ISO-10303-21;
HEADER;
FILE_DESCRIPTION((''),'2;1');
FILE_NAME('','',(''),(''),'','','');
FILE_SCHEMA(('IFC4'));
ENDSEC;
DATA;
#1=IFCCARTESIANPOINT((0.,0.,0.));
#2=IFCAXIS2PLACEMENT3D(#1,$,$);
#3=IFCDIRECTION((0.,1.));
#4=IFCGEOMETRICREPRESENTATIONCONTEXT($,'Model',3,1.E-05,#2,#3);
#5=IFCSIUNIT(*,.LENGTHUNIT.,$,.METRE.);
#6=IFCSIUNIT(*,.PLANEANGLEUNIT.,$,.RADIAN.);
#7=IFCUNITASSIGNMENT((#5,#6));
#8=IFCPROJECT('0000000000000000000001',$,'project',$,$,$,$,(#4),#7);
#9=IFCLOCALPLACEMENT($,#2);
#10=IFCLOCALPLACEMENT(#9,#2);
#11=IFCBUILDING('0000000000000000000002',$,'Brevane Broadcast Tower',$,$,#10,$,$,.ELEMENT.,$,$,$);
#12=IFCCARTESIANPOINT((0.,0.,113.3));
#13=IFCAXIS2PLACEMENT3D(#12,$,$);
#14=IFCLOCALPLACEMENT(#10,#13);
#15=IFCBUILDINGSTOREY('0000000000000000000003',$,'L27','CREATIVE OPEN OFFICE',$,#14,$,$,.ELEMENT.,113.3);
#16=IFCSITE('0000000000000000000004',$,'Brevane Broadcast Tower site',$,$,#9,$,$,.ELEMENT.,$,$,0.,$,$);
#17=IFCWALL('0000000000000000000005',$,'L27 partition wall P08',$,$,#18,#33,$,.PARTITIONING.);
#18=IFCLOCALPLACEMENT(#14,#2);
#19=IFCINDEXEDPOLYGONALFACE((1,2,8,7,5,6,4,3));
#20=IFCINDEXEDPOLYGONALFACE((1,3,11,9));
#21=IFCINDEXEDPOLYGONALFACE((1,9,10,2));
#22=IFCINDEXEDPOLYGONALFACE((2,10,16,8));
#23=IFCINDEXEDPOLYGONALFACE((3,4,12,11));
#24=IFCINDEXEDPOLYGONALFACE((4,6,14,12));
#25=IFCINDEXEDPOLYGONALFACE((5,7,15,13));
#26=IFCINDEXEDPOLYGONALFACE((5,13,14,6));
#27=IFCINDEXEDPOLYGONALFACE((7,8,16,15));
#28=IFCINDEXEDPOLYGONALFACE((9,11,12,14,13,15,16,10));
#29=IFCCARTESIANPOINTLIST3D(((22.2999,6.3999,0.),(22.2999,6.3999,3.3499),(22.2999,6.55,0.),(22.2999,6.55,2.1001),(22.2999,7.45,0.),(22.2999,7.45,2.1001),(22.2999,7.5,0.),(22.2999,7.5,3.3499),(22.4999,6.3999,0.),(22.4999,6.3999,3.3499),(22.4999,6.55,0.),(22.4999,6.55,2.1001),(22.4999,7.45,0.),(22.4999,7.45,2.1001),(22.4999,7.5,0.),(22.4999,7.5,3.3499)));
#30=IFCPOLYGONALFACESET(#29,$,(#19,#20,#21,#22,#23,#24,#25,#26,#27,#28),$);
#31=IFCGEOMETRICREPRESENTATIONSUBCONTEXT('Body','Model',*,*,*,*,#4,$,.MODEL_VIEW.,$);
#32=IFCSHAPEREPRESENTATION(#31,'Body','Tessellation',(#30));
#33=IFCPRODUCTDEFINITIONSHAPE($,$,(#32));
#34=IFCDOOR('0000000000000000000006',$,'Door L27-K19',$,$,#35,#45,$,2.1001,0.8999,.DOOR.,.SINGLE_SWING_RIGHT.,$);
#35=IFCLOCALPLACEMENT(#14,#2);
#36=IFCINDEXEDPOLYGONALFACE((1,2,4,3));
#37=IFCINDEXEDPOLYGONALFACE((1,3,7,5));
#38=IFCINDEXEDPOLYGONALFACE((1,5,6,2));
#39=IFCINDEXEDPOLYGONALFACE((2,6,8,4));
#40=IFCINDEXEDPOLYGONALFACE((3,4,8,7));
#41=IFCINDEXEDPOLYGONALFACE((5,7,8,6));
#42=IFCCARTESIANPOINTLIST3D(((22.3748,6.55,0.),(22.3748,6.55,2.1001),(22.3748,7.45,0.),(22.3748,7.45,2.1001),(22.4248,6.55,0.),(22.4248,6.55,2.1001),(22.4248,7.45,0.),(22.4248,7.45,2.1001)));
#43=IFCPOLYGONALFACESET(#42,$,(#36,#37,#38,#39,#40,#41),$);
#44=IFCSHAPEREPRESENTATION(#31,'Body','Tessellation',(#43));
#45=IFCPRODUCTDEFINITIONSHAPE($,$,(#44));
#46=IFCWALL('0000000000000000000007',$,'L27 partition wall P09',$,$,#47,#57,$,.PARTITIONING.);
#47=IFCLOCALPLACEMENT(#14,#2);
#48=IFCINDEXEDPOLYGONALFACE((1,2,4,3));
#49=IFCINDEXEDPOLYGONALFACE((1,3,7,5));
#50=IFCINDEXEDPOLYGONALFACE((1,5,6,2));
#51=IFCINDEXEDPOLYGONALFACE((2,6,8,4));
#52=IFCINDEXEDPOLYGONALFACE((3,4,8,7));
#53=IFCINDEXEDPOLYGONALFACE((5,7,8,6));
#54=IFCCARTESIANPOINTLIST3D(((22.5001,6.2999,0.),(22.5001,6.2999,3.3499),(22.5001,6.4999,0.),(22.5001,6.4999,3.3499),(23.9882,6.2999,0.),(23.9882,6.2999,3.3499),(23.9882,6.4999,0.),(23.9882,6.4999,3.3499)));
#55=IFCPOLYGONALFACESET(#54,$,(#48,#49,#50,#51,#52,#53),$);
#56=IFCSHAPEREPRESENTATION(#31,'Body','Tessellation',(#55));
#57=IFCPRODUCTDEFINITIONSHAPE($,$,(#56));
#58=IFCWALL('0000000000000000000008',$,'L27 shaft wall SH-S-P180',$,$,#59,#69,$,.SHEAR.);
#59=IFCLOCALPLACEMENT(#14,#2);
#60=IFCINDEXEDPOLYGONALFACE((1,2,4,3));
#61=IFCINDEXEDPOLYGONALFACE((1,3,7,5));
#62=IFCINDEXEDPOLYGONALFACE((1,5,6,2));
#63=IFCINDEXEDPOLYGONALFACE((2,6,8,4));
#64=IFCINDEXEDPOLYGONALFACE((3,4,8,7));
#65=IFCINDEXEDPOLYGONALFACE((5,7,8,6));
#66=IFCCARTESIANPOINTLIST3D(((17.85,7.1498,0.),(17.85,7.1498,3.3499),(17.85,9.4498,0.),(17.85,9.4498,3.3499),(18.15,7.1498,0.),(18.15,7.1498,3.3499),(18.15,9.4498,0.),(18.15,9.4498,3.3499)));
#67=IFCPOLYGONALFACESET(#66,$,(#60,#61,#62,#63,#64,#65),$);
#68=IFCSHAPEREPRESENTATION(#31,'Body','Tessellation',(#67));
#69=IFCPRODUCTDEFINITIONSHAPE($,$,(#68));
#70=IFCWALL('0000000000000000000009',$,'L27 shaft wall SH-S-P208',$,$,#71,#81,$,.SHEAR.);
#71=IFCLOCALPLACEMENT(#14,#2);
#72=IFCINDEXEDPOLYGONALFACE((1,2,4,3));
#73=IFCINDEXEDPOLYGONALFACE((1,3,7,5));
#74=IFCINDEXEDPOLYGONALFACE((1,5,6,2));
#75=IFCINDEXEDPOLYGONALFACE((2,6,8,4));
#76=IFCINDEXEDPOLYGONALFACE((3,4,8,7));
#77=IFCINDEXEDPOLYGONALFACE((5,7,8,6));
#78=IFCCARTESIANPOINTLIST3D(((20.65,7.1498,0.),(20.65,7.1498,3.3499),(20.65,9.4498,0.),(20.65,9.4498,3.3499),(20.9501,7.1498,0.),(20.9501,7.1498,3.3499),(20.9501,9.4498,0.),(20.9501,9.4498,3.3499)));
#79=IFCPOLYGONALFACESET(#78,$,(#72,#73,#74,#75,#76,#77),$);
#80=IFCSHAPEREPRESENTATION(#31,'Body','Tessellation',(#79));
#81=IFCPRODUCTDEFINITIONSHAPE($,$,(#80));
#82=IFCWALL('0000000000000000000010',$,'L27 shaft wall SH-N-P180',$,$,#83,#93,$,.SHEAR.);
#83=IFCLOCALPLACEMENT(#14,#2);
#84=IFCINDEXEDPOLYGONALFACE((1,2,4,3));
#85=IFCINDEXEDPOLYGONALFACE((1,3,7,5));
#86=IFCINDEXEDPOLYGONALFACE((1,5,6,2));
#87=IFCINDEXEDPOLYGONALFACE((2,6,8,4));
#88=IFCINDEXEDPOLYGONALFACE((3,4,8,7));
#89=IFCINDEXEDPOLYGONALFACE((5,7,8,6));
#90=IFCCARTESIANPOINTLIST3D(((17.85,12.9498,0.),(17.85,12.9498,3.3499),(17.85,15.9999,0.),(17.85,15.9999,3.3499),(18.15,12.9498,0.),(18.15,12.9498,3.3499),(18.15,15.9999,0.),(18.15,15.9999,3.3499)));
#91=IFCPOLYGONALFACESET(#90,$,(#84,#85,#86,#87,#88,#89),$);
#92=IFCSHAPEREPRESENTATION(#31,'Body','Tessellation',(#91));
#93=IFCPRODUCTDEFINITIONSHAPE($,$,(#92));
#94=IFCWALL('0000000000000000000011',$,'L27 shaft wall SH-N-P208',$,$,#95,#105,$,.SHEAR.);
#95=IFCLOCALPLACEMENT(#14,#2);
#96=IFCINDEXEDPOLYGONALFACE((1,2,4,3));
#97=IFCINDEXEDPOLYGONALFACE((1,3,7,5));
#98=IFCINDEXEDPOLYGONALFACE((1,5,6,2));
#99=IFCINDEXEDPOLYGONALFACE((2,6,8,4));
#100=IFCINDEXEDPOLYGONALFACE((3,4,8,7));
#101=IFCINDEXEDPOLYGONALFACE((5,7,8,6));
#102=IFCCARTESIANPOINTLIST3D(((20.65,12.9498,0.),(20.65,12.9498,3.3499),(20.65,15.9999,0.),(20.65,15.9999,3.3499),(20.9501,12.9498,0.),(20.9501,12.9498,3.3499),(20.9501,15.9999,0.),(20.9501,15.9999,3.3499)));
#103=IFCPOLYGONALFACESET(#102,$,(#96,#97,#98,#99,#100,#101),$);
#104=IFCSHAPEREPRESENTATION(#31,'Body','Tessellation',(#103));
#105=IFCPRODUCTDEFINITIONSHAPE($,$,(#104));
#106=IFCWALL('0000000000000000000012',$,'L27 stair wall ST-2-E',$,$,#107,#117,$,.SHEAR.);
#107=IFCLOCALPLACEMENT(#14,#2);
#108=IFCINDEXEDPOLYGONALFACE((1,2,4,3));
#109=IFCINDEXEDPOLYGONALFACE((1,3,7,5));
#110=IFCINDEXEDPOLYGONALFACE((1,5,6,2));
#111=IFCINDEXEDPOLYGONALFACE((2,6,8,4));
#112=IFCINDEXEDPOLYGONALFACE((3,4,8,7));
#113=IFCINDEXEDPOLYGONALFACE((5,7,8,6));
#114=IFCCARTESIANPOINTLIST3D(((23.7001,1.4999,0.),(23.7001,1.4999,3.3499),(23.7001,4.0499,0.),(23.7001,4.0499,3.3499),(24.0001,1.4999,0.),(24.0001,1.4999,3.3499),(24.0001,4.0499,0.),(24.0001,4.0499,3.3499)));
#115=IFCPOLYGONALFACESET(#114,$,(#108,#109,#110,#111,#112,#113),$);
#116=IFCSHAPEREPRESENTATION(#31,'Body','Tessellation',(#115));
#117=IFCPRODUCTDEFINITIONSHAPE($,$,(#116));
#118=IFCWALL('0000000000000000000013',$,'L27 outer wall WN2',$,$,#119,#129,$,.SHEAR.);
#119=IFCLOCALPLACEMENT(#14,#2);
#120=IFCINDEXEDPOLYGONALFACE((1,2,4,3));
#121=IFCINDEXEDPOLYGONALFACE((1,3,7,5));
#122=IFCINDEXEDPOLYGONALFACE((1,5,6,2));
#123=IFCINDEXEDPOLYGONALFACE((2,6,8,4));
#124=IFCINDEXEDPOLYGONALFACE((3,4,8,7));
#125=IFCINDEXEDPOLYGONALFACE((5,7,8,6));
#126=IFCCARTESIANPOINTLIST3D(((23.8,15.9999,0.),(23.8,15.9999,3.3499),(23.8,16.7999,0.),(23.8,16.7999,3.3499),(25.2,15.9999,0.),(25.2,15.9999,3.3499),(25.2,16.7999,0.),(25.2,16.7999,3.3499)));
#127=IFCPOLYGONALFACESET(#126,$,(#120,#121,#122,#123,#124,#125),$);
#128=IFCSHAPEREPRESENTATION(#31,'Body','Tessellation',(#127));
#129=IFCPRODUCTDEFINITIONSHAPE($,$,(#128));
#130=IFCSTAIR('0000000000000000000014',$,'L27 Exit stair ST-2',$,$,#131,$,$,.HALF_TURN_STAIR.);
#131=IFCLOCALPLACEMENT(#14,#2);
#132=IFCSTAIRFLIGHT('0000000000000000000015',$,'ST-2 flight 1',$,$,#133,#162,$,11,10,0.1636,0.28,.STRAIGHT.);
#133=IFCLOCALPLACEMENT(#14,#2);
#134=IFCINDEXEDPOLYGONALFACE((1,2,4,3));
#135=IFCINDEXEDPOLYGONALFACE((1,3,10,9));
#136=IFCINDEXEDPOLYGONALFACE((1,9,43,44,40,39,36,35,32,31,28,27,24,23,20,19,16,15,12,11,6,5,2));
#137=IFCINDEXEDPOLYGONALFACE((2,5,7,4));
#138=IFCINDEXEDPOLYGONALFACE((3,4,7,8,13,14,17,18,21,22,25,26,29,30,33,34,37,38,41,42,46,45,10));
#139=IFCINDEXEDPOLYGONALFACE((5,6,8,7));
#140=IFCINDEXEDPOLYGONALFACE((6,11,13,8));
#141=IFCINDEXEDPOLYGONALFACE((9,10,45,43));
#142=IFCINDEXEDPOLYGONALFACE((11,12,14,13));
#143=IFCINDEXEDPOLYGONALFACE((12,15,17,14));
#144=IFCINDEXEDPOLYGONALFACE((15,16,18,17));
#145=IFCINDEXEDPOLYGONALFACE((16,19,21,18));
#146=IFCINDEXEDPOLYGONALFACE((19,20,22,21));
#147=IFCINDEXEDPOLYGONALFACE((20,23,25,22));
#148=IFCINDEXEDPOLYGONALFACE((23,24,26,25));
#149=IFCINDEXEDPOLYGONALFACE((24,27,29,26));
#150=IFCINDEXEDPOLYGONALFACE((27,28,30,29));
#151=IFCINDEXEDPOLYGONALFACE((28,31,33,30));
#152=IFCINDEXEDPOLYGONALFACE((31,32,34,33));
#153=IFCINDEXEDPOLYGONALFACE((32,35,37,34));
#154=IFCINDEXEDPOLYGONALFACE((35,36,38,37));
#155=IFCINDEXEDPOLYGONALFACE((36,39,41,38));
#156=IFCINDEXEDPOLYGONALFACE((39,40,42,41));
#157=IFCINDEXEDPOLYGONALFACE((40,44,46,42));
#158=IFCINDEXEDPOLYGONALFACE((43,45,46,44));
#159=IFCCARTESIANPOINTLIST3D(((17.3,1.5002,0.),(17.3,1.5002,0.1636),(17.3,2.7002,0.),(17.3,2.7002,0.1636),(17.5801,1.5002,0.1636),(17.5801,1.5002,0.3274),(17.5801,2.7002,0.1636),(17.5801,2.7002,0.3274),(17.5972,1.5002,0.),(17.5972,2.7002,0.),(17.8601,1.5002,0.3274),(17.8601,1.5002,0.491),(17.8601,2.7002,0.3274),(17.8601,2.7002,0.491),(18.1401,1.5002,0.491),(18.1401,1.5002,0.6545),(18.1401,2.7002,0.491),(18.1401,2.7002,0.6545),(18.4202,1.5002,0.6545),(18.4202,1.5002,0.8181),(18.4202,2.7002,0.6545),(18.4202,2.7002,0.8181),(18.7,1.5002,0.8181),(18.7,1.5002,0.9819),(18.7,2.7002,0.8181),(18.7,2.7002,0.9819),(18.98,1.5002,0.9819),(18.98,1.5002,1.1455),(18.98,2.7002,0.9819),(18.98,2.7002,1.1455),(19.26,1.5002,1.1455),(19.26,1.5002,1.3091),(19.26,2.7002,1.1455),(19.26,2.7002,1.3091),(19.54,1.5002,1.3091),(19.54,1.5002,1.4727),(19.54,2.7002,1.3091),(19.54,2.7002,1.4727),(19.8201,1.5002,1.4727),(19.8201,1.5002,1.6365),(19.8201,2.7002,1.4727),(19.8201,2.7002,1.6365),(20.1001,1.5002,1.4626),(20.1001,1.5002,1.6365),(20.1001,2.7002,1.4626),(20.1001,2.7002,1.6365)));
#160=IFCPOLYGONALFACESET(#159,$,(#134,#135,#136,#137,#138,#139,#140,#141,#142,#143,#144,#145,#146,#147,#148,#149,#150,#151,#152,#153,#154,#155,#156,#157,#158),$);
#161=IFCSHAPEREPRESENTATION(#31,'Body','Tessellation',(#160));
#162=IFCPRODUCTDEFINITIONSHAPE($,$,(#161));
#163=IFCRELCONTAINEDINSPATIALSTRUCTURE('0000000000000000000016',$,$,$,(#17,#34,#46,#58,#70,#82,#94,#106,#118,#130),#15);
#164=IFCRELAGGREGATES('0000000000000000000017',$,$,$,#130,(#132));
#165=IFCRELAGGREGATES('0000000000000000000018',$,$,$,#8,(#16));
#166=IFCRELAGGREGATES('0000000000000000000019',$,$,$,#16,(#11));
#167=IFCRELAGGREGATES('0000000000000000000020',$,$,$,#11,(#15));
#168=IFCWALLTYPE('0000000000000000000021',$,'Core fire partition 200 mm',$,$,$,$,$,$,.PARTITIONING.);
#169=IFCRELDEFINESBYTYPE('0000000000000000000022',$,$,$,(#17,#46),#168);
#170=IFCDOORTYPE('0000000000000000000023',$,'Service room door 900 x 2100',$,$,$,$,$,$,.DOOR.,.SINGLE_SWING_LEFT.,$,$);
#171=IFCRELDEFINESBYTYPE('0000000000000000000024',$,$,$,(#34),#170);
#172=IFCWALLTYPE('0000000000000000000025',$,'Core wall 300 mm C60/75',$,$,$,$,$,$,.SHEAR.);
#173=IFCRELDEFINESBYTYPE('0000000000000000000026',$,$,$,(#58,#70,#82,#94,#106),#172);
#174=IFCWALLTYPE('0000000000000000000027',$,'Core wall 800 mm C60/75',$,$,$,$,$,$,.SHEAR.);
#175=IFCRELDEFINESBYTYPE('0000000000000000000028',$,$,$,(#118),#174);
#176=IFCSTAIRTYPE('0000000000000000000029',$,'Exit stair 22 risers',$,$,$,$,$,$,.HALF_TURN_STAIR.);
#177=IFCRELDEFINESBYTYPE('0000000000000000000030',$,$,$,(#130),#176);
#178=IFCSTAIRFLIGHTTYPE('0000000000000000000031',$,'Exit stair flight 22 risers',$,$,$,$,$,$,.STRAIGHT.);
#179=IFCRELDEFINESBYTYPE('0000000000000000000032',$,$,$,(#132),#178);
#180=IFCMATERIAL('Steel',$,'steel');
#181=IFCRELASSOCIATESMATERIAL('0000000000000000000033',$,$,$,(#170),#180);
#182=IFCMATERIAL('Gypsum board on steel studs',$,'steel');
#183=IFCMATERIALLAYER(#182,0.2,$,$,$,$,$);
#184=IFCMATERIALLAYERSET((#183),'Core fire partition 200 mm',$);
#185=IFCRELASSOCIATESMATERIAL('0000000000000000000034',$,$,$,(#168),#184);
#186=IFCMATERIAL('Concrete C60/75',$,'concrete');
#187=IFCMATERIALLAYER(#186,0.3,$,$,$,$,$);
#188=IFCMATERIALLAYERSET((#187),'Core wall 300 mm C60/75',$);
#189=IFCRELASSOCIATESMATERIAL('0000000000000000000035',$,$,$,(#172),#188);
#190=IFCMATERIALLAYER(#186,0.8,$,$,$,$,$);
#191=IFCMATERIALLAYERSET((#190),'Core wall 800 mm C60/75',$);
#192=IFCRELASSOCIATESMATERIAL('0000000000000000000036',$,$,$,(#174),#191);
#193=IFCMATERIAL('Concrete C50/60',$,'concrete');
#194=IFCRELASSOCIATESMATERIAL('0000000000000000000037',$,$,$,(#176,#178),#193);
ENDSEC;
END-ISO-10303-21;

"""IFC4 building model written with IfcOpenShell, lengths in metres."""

from ifc_helpers import new_model, si_unit, direction, frame, frame_2d, origin, place, context, subcontext, project, spatial, polyline, rectangle, outline, extrude, material, layer, layer_set, type_object, element, fill, aggregate, save


model = new_model("IFC4")

# Units and contexts
model_context = context("Model", 3, precision=1e-05, world=origin(), true_north=direction((0.0, 1.0)))
body_context = subcontext(model_context, "Body", "Model", "MODEL_VIEW")
ifc_project = project(units=[si_unit("LENGTHUNIT", "METRE"), si_unit("PLANEANGLEUNIT", "RADIAN")], contexts=[model_context])

# Site, building, storey
site_placement = place(None, origin())
site = spatial("IfcSite", under=ifc_project, at=site_placement, Name="Brevane Broadcast Tower site", CompositionType="ELEMENT", RefElevation=0.0)
building_placement = place(site_placement, origin())
building = spatial("IfcBuilding", under=site, at=building_placement, Name="Brevane Broadcast Tower", CompositionType="ELEMENT")
storey_placement = place(building_placement, frame((0.0, 0.0, 113.3)))
storey = spatial("IfcBuildingStorey", under=building, at=storey_placement, Name="L27", Description="CREATIVE OPEN OFFICE", CompositionType="ELEMENT", Elevation=113.3)

# Shared definitions
ifc_material_1 = material(Name="Gypsum board on steel studs", Category="steel")
ifc_material_2 = material(Name="Steel", Category="steel")

# Shared definitions
door_type_1 = type_object("IfcDoorType", Name="Service room door 900 x 2100", OperationType="SINGLE_SWING_LEFT", PredefinedType="DOOR", material=ifc_material_2)

# Shared definitions
ifc_layer_1 = layer(ifc_material_1, 0.2)
ifc_layer_set_1 = layer_set([ifc_layer_1], Name="Core fire partition 200 mm")
wall_type_1 = type_object("IfcWallType", Name="Core fire partition 200 mm", PredefinedType="PARTITIONING", material=ifc_layer_set_1)

# Wall, opening, door
wall_1_placement = place(storey_placement, frame((22.3999, 7.5, 0.0), z_axis=(0.0, 0.0, 1.0), x_axis=(0.0, -1.0, 0.0)))
wall_1 = element("IfcWall", 1, at=wall_1_placement, inside=storey, type_object=wall_type_1, Name="L27 partition wall P08", PredefinedType="PARTITIONING", context=body_context, shape_type="SweptSolid", body=[
    extrude(rectangle(XDim=1.1001, YDim=0.2, at=frame_2d((0.55, 0.0))), origin(), (0.0, 0.0, 1.0), 3.3499),
])
opening_1_placement = place(wall_1_placement, frame((0.05, 0.0, 0.0)))
opening_1 = element("IfcOpeningElement", 2, at=opening_1_placement, cuts=wall_1, PredefinedType="OPENING", context=body_context, shape_type="SweptSolid", body=[
    extrude(rectangle(XDim=0.8999, YDim=2.1001, at=frame_2d((0.45, 1.05))), frame((0.0, 0.1099, 0.0), z_axis=(0.0, -1.0, 0.0), x_axis=(1.0, 0.0, 0.0)), (0.0, 0.0, 1.0), 0.22),
])
door_1_placement = place(opening_1_placement, origin())
door_1 = element("IfcDoor", 3, at=door_1_placement, inside=storey, type_object=door_type_1, Name="Door L27-K19", OperationType="SINGLE_SWING_RIGHT", OverallHeight=2.1001, OverallWidth=0.8999, PredefinedType="DOOR", context=body_context, shape_type="SweptSolid", body=[
    extrude(rectangle(XDim=0.8999, YDim=2.1001, at=frame_2d((0.45, 1.05))), frame((0.0, 0.0249, 0.0), z_axis=(0.0, -1.0, 0.0), x_axis=(1.0, 0.0, 0.0)), (0.0, 0.0, 1.0), 0.05),
])
fill(opening_1, door_1)

# Walls
wall_2_placement = place(storey_placement, frame((22.5, 6.3999, 0.0), z_axis=(0.0, 0.0, 1.0), x_axis=(1.0, 0.0, 0.0)))
element("IfcWall", 4, at=wall_2_placement, inside=storey, type_object=wall_type_1, Name="L27 partition wall P09", PredefinedType="PARTITIONING", context=body_context, shape_type="SweptSolid", body=[
    extrude(rectangle(XDim=1.488, YDim=0.2, at=frame_2d((0.7441, 0.0))), origin(), (0.0, 0.0, 1.0), 3.3499),
])
ifc_material_3 = material(Name="Concrete C60/75", Category="concrete")
ifc_layer_2 = layer(ifc_material_3, 0.3)
ifc_layer_set_2 = layer_set([ifc_layer_2], Name="Core wall 300 mm C60/75")
wall_type_2 = type_object("IfcWallType", Name="Core wall 300 mm C60/75", PredefinedType="SHEAR", material=ifc_layer_set_2)
for number, where, z_axis, x_axis, name in (
    (5, (18.0, 7.1499, 0.0), (0.0, 0.0, 1.0), (0.0, 1.0, 0.0), "L27 shaft wall SH-S-P180"),
    (6, (20.8, 7.1499, 0.0), (0.0, 0.0, 1.0), (0.0, 1.0, 0.0), "L27 shaft wall SH-S-P208"),
):
    element("IfcWall", number, at=place(storey_placement, frame(where, z_axis=z_axis, x_axis=x_axis)), inside=storey, type_object=wall_type_2, Name=name, PredefinedType="SHEAR", context=body_context, shape_type="SweptSolid", body=[
        extrude(rectangle(XDim=2.3, YDim=0.3, at=frame_2d((1.1499, 0.0))), origin(), (0.0, 0.0, 1.0), 3.3499),
    ])
for number, where, z_axis, x_axis, name in (
    (7, (18.0, 12.95, 0.0), (0.0, 0.0, 1.0), (0.0, 1.0, 0.0), "L27 shaft wall SH-N-P180"),
    (8, (20.8, 12.95, 0.0), (0.0, 0.0, 1.0), (0.0, 1.0, 0.0), "L27 shaft wall SH-N-P208"),
):
    element("IfcWall", number, at=place(storey_placement, frame(where, z_axis=z_axis, x_axis=x_axis)), inside=storey, type_object=wall_type_2, Name=name, PredefinedType="SHEAR", context=body_context, shape_type="SweptSolid", body=[
        extrude(rectangle(XDim=3.05, YDim=0.3, at=frame_2d((1.5249, 0.0))), origin(), (0.0, 0.0, 1.0), 3.3499),
    ])
wall_3_placement = place(storey_placement, frame((23.8501, 1.5, 0.0), z_axis=(0.0, 0.0, 1.0), x_axis=(0.0, 1.0, 0.0)))
element("IfcWall", 9, at=wall_3_placement, inside=storey, type_object=wall_type_2, Name="L27 stair wall ST-2-E", PredefinedType="SHEAR", context=body_context, shape_type="SweptSolid", body=[
    extrude(rectangle(XDim=2.55, YDim=0.3, at=frame_2d((1.2749, 0.0))), origin(), (0.0, 0.0, 1.0), 3.3499),
])
ifc_layer_3 = layer(ifc_material_3, 0.8)
ifc_layer_set_3 = layer_set([ifc_layer_3], Name="Core wall 800 mm C60/75")
wall_type_3 = type_object("IfcWallType", Name="Core wall 800 mm C60/75", PredefinedType="SHEAR", material=ifc_layer_set_3)
wall_4_placement = place(storey_placement, frame((23.8, 16.3999, 0.0), z_axis=(0.0, 0.0, 1.0), x_axis=(1.0, 0.0, 0.0)))
element("IfcWall", 10, at=wall_4_placement, inside=storey, type_object=wall_type_3, Name="L27 outer wall WN2", PredefinedType="SHEAR", context=body_context, shape_type="SweptSolid", body=[
    extrude(rectangle(XDim=1.3999, YDim=0.8, at=frame_2d((0.7, 0.0))), origin(), (0.0, 0.0, 1.0), 3.3499),
])

# Stair, stair flight
ifc_material_4 = material(Name="Concrete C50/60", Category="concrete")
stair_type = type_object("IfcStairType", Name="Exit stair 22 risers", PredefinedType="HALF_TURN_STAIR", material=ifc_material_4)
stair_placement = place(storey_placement, origin())
stair = element("IfcStair", 11, at=stair_placement, inside=storey, type_object=stair_type, Name="L27 Exit stair ST-2", PredefinedType="HALF_TURN_STAIR")
stair_flight_type = type_object("IfcStairFlightType", Name="Exit stair flight 22 risers", PredefinedType="STRAIGHT", material=ifc_material_4)
stair_flight_1_placement = place(storey_placement, frame((17.3, 2.1001, 0.0), z_axis=(0.0, 0.0, 1.0), x_axis=(1.0, 0.0, 0.0)))
stair_flight_1 = element("IfcStairFlight", 12, at=stair_flight_1_placement, type_object=stair_flight_type, Name="ST-2 flight 1", NumberOfRisers=11, NumberOfTreads=10, PredefinedType="STRAIGHT", RiserHeight=0.1636, TreadLength=0.28, context=body_context, shape_type="SweptSolid", body=[
    extrude(outline(polyline([(0.0, 0.0), (0.0, 0.1636), (0.28, 0.1636), (0.28, 0.3274), (0.5601, 0.3274), (0.5601, 0.491), (0.8401, 0.491), (0.8401, 0.6545), (1.1201, 0.6545), (1.1201, 0.8181), (1.3999, 0.8181), (1.3999, 0.9819), (1.6799, 0.9819), (1.6799, 1.1455), (1.96, 1.1455), (1.96, 1.3091), (2.24, 1.3091), (2.24, 1.4727), (2.52, 1.4727), (2.52, 1.6365), (2.8, 1.6365), (2.8, 1.8), (2.8, 1.4626), (0.2971, 0.0), (0.0, 0.0)])), frame((0.0, 0.6001, 0.0), z_axis=(0.0, -1.0, 0.0), x_axis=(1.0, 0.0, 0.0)), (0.0, 0.0, 1.0), 1.2),
])
aggregate(stair, [stair_flight_1])

save(model, "model.ifc")
